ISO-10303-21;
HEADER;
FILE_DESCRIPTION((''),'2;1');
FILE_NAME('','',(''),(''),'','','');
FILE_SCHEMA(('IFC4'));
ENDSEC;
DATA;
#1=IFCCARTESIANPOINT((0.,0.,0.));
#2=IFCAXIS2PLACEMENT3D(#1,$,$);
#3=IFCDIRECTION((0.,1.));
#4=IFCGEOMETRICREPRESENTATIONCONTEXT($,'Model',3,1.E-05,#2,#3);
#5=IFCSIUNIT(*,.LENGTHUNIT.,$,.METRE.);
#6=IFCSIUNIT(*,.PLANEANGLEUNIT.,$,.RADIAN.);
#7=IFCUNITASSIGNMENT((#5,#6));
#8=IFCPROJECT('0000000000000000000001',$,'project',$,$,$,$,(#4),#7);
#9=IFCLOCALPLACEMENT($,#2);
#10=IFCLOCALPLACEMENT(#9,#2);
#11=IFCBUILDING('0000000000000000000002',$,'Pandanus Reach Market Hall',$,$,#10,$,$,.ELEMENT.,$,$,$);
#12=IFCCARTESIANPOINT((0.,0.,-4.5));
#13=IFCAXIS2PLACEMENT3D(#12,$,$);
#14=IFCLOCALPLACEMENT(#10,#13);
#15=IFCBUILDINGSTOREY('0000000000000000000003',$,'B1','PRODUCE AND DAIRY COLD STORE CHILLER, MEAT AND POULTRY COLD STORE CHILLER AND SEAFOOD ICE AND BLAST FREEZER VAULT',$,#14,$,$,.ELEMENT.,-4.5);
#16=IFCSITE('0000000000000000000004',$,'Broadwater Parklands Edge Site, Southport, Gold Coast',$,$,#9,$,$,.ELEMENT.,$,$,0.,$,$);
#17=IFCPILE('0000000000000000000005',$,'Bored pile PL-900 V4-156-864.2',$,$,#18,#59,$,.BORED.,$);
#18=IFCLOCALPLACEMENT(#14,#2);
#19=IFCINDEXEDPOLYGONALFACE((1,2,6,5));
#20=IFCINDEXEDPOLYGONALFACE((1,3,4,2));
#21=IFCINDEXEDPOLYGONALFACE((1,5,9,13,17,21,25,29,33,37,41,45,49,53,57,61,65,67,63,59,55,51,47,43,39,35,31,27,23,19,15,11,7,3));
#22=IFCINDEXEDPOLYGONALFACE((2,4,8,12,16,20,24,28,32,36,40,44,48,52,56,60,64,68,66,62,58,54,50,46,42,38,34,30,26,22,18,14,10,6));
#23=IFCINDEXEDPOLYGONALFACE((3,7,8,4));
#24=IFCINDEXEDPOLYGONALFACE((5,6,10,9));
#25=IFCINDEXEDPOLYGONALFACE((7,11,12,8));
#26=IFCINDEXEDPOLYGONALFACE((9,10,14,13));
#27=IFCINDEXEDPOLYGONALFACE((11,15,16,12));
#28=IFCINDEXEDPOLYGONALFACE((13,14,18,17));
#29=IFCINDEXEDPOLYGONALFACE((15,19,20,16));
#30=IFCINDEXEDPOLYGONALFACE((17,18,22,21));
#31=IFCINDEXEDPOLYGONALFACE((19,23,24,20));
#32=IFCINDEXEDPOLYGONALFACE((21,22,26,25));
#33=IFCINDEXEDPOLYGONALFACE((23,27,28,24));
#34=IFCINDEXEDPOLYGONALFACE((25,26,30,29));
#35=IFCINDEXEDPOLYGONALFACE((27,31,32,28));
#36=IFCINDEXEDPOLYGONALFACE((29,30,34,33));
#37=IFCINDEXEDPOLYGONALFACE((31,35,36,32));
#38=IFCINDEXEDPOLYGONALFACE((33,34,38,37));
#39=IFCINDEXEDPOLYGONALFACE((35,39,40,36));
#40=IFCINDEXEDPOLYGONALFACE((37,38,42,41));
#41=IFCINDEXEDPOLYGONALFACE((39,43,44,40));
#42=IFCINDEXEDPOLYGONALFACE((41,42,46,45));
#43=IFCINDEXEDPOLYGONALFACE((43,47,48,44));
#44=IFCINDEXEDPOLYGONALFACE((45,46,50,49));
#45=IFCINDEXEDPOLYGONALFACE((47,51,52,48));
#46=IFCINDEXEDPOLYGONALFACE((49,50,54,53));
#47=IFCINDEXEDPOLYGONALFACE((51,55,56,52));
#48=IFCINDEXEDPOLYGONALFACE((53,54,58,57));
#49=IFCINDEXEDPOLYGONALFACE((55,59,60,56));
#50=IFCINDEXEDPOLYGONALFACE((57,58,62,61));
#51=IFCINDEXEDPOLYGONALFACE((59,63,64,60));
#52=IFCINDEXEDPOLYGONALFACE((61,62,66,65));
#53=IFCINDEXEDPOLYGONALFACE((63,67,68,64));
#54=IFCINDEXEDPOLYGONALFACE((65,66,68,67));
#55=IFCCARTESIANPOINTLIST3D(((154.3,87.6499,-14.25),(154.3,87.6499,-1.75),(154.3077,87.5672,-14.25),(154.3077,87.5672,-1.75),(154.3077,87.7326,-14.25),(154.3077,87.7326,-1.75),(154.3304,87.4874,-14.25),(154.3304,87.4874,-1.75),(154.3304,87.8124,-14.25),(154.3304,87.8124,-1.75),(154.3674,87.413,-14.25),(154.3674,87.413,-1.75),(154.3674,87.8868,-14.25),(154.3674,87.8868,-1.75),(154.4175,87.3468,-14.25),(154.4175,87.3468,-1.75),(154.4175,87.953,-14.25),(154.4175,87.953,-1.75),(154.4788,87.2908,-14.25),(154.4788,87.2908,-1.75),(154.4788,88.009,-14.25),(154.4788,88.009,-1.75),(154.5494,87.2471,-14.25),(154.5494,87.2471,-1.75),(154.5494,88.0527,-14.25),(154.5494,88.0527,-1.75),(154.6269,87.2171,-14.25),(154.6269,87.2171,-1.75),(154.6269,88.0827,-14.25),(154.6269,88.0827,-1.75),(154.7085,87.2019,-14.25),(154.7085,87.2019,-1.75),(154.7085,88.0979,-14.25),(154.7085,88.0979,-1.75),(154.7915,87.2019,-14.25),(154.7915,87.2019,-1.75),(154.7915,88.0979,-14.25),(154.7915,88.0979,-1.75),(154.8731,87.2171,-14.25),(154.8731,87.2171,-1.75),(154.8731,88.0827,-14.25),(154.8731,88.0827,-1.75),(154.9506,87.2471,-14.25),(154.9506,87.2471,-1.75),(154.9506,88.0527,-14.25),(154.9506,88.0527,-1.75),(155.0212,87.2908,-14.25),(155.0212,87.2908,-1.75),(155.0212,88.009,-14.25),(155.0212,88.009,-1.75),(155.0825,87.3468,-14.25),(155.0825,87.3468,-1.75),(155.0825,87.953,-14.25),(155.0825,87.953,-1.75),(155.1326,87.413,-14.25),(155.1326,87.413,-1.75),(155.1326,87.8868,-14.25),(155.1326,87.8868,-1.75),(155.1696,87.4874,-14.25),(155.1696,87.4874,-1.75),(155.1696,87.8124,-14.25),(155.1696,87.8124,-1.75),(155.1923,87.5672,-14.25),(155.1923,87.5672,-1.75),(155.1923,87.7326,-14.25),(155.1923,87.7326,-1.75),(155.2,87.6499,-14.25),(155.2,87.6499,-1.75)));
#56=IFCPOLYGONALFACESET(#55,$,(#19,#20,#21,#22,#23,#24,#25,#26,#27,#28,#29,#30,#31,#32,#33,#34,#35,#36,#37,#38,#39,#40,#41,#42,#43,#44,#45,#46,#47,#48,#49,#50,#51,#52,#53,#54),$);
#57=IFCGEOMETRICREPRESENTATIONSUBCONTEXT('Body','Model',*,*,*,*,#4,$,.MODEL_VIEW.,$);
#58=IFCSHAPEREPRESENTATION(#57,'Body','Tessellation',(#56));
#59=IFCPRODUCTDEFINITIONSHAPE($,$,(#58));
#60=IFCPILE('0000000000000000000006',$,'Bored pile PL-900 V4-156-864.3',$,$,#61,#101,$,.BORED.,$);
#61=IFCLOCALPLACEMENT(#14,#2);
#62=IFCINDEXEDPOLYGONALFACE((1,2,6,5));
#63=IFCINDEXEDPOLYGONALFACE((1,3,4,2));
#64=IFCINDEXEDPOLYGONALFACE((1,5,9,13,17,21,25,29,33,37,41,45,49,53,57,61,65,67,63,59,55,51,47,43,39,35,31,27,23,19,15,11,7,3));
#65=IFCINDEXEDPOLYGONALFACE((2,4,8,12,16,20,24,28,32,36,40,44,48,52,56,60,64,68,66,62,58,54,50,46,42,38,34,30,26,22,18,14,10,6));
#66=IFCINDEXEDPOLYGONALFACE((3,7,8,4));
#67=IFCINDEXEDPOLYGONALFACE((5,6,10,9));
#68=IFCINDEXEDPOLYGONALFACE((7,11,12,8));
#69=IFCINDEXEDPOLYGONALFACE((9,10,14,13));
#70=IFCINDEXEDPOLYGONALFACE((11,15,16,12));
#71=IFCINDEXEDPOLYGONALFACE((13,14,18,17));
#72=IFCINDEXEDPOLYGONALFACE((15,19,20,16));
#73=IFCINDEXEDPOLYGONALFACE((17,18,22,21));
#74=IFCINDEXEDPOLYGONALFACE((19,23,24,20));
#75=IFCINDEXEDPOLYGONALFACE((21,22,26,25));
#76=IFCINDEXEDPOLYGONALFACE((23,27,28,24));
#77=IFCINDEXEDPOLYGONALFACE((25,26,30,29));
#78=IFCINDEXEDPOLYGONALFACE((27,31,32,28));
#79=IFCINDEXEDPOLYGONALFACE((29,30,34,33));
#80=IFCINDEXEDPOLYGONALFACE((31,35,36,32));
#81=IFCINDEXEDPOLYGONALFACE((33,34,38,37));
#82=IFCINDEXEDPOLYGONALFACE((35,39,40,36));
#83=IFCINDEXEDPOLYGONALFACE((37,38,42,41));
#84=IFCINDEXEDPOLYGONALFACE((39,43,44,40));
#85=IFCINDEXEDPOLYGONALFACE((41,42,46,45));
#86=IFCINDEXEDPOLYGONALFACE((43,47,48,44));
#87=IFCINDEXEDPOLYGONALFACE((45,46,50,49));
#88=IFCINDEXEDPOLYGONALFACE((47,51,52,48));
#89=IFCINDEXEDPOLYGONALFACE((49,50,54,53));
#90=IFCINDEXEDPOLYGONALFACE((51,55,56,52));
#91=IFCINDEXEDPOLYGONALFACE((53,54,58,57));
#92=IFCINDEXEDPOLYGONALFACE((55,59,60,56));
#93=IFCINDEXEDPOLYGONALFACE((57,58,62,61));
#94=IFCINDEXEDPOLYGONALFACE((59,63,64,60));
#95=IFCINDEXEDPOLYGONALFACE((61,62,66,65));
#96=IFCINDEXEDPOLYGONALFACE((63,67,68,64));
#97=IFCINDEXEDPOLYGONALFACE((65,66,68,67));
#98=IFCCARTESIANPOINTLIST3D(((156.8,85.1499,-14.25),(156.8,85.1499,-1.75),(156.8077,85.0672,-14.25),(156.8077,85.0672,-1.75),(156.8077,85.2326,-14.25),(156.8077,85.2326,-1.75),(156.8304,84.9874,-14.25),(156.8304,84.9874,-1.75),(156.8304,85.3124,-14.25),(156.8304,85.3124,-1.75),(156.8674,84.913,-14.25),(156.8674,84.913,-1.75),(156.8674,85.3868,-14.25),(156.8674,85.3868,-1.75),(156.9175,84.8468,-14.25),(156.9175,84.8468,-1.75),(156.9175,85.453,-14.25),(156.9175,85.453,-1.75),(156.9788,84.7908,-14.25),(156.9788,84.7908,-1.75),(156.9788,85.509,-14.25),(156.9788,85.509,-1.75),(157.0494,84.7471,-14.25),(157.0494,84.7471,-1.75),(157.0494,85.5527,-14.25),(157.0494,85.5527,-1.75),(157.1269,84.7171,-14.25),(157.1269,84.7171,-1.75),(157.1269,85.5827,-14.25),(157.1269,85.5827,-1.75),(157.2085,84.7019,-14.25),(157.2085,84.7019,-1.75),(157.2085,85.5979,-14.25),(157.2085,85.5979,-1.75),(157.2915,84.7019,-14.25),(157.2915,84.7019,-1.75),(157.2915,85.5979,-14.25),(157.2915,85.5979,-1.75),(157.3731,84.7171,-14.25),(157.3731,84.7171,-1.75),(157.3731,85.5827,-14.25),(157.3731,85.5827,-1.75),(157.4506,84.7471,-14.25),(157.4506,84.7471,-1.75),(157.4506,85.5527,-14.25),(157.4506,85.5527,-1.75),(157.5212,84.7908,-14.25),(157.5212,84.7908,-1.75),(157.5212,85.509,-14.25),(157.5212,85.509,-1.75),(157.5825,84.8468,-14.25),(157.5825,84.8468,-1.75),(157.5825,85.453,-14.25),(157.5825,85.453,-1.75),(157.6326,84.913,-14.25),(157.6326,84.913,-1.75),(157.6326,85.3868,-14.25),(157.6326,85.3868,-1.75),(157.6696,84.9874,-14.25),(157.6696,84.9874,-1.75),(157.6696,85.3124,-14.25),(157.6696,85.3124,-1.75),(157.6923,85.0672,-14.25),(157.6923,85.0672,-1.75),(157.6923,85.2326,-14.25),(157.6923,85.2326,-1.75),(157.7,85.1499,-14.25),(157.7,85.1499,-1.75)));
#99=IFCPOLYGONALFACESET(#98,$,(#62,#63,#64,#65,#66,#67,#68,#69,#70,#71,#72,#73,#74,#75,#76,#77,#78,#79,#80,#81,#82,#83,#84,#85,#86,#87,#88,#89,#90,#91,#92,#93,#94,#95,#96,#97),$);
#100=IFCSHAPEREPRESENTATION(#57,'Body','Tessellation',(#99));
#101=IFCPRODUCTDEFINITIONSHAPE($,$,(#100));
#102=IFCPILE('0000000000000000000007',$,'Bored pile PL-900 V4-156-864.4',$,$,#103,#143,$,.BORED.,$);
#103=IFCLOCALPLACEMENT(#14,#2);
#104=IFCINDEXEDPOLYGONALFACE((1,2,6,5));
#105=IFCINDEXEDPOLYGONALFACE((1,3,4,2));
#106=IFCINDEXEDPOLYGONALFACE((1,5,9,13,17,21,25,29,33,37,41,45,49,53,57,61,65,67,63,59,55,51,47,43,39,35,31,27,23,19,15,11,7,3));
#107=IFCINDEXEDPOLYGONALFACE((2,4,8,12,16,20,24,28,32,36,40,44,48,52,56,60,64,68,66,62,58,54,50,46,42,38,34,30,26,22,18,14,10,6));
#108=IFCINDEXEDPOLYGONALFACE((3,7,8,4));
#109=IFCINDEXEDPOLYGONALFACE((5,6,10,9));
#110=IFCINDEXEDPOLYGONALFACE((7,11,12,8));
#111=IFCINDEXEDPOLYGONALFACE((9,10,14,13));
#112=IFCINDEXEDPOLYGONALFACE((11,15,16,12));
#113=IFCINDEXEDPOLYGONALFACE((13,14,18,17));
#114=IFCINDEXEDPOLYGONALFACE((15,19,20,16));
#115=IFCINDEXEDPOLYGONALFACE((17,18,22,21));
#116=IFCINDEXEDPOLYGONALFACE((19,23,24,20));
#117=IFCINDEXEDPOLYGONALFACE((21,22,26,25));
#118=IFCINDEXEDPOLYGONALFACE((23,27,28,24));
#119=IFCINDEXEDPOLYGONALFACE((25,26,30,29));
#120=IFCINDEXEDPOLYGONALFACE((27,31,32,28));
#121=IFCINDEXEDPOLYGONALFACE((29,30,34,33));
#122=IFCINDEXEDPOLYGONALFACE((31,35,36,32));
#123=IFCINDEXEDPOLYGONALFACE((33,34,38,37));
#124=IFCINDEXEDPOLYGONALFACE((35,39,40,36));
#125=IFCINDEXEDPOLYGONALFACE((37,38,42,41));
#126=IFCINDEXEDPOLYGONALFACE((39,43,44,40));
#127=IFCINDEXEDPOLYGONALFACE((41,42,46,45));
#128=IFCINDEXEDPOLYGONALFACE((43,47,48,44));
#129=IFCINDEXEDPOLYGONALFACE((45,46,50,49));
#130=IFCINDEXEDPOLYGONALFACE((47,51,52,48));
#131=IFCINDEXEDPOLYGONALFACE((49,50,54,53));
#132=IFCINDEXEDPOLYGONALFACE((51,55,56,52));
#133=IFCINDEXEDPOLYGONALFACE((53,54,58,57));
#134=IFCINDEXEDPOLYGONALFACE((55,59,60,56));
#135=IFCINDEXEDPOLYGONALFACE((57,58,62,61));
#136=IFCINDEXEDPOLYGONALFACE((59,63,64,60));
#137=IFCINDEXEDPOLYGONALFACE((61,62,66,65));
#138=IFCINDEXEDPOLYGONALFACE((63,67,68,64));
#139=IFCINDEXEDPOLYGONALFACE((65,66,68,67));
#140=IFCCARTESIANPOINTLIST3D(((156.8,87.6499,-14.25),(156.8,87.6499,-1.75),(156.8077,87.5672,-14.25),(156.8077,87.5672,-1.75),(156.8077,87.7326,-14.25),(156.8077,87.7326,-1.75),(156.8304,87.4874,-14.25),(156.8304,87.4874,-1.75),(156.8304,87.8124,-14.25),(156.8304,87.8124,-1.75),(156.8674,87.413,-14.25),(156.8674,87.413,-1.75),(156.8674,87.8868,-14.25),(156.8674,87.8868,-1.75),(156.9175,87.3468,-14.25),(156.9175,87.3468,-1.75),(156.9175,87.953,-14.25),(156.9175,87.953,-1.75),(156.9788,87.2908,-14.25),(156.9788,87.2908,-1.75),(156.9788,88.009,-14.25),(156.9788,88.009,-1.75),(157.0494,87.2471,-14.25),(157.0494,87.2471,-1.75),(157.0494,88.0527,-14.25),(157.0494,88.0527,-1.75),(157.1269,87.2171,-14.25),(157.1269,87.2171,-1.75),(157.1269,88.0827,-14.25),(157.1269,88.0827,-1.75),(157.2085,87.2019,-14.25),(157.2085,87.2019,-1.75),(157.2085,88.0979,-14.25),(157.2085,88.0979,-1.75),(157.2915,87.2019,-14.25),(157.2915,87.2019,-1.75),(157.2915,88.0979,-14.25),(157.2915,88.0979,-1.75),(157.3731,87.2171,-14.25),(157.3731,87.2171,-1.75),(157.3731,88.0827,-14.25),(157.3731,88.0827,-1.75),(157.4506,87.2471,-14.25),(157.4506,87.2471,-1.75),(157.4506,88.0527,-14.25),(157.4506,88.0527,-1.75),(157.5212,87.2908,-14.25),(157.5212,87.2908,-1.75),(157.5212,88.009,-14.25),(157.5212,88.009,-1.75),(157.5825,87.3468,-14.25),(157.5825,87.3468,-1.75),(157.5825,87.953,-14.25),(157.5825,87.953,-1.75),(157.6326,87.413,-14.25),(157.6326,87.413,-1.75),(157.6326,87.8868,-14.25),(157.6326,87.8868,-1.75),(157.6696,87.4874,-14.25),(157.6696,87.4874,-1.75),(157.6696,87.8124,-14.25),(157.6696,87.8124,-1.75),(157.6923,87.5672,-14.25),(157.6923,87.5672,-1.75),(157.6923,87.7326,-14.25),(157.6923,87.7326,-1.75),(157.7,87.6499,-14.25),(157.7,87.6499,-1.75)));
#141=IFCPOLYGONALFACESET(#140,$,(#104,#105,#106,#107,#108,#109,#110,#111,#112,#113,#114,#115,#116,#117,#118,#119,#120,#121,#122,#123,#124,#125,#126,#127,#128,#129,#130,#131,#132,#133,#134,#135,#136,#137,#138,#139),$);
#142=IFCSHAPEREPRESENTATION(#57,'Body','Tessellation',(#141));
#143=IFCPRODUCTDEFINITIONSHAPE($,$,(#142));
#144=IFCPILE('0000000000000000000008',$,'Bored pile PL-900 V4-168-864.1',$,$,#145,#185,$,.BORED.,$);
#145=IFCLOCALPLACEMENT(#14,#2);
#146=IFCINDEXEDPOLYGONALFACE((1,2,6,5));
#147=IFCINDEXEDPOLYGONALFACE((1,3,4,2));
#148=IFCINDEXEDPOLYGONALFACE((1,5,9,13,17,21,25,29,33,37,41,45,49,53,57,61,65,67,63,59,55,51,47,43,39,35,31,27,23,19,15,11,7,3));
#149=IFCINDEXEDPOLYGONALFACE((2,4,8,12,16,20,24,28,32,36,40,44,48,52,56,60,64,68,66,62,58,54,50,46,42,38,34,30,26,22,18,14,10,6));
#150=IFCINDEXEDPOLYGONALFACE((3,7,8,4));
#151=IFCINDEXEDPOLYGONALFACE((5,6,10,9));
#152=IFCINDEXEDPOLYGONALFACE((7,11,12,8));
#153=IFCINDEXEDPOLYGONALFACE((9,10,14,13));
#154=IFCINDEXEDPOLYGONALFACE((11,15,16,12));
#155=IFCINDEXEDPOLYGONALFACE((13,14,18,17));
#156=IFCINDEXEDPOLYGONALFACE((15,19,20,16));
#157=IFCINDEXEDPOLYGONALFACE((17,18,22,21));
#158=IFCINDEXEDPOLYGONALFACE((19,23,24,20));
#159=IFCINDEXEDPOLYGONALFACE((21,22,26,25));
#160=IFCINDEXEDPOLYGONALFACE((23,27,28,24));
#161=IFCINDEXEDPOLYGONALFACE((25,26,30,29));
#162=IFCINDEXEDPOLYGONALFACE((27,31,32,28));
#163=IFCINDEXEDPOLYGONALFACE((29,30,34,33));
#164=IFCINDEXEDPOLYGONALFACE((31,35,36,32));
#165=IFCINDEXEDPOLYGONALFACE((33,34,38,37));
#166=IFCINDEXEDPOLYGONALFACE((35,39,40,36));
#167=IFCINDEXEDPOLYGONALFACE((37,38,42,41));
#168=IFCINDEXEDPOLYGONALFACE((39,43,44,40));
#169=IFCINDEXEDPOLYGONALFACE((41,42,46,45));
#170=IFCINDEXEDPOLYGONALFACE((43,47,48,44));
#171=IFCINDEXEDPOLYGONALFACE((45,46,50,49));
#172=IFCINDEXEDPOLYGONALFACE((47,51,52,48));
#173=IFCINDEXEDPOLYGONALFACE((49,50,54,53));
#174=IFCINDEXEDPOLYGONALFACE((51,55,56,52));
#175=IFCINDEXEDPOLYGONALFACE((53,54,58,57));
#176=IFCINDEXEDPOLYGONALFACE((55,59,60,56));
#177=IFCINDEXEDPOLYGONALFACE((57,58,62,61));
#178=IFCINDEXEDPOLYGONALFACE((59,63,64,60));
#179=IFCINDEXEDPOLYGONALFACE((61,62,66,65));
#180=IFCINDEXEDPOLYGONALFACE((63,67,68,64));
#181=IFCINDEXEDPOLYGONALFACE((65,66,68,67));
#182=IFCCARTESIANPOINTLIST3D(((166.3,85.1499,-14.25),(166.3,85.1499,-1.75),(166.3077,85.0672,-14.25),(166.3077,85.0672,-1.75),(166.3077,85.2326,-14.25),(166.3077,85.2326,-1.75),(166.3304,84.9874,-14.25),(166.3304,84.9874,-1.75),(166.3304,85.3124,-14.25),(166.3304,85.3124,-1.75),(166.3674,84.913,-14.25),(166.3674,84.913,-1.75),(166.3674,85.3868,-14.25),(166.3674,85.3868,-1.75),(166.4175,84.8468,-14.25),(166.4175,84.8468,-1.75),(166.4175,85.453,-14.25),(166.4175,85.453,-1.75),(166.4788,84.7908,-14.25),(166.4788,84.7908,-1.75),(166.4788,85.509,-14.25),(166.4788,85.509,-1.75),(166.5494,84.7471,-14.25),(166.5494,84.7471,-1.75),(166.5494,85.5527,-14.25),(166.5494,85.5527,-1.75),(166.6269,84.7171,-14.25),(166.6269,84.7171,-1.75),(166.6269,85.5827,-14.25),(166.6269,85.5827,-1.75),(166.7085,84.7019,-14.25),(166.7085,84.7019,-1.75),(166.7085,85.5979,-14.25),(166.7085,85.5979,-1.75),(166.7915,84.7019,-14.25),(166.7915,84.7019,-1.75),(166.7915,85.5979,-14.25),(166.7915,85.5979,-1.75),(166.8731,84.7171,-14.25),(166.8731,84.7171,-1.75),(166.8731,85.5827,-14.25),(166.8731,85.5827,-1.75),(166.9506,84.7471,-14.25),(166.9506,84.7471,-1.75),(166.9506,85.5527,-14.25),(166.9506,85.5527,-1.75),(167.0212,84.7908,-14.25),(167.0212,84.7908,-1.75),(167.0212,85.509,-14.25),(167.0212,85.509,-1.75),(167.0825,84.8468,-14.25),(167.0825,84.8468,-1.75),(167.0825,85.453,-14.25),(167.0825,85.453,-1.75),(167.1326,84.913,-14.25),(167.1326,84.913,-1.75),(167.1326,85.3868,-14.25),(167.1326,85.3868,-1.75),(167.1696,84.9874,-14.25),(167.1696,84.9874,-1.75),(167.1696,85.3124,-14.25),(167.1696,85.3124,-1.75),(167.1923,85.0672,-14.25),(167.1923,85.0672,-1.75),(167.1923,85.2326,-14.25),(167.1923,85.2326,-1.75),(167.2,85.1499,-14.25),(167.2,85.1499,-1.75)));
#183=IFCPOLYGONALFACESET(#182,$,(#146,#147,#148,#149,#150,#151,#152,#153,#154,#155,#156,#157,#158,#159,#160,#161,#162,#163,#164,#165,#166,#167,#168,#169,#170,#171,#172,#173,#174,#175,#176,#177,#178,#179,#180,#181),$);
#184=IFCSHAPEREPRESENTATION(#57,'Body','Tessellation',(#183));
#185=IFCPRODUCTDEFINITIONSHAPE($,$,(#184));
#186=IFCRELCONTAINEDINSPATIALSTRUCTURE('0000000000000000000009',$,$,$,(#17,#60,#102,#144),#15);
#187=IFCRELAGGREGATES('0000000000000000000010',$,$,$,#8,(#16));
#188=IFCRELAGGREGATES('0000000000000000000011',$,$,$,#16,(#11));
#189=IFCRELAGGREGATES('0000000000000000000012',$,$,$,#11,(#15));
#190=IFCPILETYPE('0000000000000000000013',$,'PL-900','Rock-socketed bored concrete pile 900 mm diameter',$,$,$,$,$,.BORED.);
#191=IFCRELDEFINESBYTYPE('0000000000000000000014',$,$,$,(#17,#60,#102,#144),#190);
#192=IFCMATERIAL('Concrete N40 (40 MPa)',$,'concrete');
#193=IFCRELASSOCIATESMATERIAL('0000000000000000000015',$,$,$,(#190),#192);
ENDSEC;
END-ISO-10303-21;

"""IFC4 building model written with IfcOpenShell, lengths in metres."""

from ifc_helpers import new_model, si_unit, direction, frame, origin, origin_2d, place, context, subcontext, project, spatial, circle, extrude, material, material_profile, profile_set, type_object, element, save


model = new_model("IFC4")

# Units and contexts
model_context = context("Model", 3, precision=1e-05, world=origin(), true_north=direction((0.0, 1.0)))
body_context = subcontext(model_context, "Body", "Model", "MODEL_VIEW")
ifc_project = project(units=[si_unit("LENGTHUNIT", "METRE"), si_unit("PLANEANGLEUNIT", "RADIAN")], contexts=[model_context])

# Site, building, storey
site_placement = place(None, origin())
site = spatial("IfcSite", under=ifc_project, at=site_placement, Name="Broadwater Parklands Edge Site, Southport, Gold Coast", CompositionType="ELEMENT", RefElevation=0.0)
building_placement = place(site_placement, origin())
building = spatial("IfcBuilding", under=site, at=building_placement, Name="Pandanus Reach Market Hall", CompositionType="ELEMENT")
storey_placement = place(building_placement, frame((0.0, 0.0, -4.5)))
storey = spatial("IfcBuildingStorey", under=building, at=storey_placement, Name="B1", Description="PRODUCE AND DAIRY COLD STORE CHILLER, MEAT AND POULTRY COLD STORE CHILLER AND SEAFOOD ICE AND BLAST FREEZER VAULT", CompositionType="ELEMENT", Elevation=-4.5)

# Shared definitions
ifc_material_1 = material(Name="Concrete N40 (40 MPa)", Category="concrete")

# Piles
ifc_material_profile_1 = material_profile(ifc_material_1, circle(Radius=0.45, at=origin_2d()), Name="PILE-900D", Category="LoadBearing")
ifc_profile_set_1 = profile_set([ifc_material_profile_1], Name="Concrete N40 (40 MPa)")
pile_type_1 = type_object("IfcPileType", Name="PL-900", Description="Rock-socketed bored concrete pile 900 mm diameter", PredefinedType="BORED", material=ifc_profile_set_1)
for number, where, z_axis, x_axis, name in (
    (1, (154.75, 87.6499, -1.75), (0.0, 0.0, -1.0), (1.0, 0.0, 0.0), "Bored pile PL-900 V4-156-864.2"),
    (2, (157.25, 85.1499, -1.75), (0.0, 0.0, -1.0), (1.0, 0.0, 0.0), "Bored pile PL-900 V4-156-864.3"),
    (3, (157.25, 87.6499, -1.75), (0.0, 0.0, -1.0), (1.0, 0.0, 0.0), "Bored pile PL-900 V4-156-864.4"),
    (4, (166.75, 85.1499, -1.75), (0.0, 0.0, -1.0), (1.0, 0.0, 0.0), "Bored pile PL-900 V4-168-864.1"),
):
    element("IfcPile", number, at=place(storey_placement, frame(where, z_axis=z_axis, x_axis=x_axis)), inside=storey, type_object=pile_type_1, Name=name, PredefinedType="BORED", context=body_context, shape_type="SweptSolid", body=[
        extrude(circle(Radius=0.45, at=origin_2d()), origin(), (0.0, 0.0, 1.0), 12.5),
    ])

save(model, "model.ifc")
